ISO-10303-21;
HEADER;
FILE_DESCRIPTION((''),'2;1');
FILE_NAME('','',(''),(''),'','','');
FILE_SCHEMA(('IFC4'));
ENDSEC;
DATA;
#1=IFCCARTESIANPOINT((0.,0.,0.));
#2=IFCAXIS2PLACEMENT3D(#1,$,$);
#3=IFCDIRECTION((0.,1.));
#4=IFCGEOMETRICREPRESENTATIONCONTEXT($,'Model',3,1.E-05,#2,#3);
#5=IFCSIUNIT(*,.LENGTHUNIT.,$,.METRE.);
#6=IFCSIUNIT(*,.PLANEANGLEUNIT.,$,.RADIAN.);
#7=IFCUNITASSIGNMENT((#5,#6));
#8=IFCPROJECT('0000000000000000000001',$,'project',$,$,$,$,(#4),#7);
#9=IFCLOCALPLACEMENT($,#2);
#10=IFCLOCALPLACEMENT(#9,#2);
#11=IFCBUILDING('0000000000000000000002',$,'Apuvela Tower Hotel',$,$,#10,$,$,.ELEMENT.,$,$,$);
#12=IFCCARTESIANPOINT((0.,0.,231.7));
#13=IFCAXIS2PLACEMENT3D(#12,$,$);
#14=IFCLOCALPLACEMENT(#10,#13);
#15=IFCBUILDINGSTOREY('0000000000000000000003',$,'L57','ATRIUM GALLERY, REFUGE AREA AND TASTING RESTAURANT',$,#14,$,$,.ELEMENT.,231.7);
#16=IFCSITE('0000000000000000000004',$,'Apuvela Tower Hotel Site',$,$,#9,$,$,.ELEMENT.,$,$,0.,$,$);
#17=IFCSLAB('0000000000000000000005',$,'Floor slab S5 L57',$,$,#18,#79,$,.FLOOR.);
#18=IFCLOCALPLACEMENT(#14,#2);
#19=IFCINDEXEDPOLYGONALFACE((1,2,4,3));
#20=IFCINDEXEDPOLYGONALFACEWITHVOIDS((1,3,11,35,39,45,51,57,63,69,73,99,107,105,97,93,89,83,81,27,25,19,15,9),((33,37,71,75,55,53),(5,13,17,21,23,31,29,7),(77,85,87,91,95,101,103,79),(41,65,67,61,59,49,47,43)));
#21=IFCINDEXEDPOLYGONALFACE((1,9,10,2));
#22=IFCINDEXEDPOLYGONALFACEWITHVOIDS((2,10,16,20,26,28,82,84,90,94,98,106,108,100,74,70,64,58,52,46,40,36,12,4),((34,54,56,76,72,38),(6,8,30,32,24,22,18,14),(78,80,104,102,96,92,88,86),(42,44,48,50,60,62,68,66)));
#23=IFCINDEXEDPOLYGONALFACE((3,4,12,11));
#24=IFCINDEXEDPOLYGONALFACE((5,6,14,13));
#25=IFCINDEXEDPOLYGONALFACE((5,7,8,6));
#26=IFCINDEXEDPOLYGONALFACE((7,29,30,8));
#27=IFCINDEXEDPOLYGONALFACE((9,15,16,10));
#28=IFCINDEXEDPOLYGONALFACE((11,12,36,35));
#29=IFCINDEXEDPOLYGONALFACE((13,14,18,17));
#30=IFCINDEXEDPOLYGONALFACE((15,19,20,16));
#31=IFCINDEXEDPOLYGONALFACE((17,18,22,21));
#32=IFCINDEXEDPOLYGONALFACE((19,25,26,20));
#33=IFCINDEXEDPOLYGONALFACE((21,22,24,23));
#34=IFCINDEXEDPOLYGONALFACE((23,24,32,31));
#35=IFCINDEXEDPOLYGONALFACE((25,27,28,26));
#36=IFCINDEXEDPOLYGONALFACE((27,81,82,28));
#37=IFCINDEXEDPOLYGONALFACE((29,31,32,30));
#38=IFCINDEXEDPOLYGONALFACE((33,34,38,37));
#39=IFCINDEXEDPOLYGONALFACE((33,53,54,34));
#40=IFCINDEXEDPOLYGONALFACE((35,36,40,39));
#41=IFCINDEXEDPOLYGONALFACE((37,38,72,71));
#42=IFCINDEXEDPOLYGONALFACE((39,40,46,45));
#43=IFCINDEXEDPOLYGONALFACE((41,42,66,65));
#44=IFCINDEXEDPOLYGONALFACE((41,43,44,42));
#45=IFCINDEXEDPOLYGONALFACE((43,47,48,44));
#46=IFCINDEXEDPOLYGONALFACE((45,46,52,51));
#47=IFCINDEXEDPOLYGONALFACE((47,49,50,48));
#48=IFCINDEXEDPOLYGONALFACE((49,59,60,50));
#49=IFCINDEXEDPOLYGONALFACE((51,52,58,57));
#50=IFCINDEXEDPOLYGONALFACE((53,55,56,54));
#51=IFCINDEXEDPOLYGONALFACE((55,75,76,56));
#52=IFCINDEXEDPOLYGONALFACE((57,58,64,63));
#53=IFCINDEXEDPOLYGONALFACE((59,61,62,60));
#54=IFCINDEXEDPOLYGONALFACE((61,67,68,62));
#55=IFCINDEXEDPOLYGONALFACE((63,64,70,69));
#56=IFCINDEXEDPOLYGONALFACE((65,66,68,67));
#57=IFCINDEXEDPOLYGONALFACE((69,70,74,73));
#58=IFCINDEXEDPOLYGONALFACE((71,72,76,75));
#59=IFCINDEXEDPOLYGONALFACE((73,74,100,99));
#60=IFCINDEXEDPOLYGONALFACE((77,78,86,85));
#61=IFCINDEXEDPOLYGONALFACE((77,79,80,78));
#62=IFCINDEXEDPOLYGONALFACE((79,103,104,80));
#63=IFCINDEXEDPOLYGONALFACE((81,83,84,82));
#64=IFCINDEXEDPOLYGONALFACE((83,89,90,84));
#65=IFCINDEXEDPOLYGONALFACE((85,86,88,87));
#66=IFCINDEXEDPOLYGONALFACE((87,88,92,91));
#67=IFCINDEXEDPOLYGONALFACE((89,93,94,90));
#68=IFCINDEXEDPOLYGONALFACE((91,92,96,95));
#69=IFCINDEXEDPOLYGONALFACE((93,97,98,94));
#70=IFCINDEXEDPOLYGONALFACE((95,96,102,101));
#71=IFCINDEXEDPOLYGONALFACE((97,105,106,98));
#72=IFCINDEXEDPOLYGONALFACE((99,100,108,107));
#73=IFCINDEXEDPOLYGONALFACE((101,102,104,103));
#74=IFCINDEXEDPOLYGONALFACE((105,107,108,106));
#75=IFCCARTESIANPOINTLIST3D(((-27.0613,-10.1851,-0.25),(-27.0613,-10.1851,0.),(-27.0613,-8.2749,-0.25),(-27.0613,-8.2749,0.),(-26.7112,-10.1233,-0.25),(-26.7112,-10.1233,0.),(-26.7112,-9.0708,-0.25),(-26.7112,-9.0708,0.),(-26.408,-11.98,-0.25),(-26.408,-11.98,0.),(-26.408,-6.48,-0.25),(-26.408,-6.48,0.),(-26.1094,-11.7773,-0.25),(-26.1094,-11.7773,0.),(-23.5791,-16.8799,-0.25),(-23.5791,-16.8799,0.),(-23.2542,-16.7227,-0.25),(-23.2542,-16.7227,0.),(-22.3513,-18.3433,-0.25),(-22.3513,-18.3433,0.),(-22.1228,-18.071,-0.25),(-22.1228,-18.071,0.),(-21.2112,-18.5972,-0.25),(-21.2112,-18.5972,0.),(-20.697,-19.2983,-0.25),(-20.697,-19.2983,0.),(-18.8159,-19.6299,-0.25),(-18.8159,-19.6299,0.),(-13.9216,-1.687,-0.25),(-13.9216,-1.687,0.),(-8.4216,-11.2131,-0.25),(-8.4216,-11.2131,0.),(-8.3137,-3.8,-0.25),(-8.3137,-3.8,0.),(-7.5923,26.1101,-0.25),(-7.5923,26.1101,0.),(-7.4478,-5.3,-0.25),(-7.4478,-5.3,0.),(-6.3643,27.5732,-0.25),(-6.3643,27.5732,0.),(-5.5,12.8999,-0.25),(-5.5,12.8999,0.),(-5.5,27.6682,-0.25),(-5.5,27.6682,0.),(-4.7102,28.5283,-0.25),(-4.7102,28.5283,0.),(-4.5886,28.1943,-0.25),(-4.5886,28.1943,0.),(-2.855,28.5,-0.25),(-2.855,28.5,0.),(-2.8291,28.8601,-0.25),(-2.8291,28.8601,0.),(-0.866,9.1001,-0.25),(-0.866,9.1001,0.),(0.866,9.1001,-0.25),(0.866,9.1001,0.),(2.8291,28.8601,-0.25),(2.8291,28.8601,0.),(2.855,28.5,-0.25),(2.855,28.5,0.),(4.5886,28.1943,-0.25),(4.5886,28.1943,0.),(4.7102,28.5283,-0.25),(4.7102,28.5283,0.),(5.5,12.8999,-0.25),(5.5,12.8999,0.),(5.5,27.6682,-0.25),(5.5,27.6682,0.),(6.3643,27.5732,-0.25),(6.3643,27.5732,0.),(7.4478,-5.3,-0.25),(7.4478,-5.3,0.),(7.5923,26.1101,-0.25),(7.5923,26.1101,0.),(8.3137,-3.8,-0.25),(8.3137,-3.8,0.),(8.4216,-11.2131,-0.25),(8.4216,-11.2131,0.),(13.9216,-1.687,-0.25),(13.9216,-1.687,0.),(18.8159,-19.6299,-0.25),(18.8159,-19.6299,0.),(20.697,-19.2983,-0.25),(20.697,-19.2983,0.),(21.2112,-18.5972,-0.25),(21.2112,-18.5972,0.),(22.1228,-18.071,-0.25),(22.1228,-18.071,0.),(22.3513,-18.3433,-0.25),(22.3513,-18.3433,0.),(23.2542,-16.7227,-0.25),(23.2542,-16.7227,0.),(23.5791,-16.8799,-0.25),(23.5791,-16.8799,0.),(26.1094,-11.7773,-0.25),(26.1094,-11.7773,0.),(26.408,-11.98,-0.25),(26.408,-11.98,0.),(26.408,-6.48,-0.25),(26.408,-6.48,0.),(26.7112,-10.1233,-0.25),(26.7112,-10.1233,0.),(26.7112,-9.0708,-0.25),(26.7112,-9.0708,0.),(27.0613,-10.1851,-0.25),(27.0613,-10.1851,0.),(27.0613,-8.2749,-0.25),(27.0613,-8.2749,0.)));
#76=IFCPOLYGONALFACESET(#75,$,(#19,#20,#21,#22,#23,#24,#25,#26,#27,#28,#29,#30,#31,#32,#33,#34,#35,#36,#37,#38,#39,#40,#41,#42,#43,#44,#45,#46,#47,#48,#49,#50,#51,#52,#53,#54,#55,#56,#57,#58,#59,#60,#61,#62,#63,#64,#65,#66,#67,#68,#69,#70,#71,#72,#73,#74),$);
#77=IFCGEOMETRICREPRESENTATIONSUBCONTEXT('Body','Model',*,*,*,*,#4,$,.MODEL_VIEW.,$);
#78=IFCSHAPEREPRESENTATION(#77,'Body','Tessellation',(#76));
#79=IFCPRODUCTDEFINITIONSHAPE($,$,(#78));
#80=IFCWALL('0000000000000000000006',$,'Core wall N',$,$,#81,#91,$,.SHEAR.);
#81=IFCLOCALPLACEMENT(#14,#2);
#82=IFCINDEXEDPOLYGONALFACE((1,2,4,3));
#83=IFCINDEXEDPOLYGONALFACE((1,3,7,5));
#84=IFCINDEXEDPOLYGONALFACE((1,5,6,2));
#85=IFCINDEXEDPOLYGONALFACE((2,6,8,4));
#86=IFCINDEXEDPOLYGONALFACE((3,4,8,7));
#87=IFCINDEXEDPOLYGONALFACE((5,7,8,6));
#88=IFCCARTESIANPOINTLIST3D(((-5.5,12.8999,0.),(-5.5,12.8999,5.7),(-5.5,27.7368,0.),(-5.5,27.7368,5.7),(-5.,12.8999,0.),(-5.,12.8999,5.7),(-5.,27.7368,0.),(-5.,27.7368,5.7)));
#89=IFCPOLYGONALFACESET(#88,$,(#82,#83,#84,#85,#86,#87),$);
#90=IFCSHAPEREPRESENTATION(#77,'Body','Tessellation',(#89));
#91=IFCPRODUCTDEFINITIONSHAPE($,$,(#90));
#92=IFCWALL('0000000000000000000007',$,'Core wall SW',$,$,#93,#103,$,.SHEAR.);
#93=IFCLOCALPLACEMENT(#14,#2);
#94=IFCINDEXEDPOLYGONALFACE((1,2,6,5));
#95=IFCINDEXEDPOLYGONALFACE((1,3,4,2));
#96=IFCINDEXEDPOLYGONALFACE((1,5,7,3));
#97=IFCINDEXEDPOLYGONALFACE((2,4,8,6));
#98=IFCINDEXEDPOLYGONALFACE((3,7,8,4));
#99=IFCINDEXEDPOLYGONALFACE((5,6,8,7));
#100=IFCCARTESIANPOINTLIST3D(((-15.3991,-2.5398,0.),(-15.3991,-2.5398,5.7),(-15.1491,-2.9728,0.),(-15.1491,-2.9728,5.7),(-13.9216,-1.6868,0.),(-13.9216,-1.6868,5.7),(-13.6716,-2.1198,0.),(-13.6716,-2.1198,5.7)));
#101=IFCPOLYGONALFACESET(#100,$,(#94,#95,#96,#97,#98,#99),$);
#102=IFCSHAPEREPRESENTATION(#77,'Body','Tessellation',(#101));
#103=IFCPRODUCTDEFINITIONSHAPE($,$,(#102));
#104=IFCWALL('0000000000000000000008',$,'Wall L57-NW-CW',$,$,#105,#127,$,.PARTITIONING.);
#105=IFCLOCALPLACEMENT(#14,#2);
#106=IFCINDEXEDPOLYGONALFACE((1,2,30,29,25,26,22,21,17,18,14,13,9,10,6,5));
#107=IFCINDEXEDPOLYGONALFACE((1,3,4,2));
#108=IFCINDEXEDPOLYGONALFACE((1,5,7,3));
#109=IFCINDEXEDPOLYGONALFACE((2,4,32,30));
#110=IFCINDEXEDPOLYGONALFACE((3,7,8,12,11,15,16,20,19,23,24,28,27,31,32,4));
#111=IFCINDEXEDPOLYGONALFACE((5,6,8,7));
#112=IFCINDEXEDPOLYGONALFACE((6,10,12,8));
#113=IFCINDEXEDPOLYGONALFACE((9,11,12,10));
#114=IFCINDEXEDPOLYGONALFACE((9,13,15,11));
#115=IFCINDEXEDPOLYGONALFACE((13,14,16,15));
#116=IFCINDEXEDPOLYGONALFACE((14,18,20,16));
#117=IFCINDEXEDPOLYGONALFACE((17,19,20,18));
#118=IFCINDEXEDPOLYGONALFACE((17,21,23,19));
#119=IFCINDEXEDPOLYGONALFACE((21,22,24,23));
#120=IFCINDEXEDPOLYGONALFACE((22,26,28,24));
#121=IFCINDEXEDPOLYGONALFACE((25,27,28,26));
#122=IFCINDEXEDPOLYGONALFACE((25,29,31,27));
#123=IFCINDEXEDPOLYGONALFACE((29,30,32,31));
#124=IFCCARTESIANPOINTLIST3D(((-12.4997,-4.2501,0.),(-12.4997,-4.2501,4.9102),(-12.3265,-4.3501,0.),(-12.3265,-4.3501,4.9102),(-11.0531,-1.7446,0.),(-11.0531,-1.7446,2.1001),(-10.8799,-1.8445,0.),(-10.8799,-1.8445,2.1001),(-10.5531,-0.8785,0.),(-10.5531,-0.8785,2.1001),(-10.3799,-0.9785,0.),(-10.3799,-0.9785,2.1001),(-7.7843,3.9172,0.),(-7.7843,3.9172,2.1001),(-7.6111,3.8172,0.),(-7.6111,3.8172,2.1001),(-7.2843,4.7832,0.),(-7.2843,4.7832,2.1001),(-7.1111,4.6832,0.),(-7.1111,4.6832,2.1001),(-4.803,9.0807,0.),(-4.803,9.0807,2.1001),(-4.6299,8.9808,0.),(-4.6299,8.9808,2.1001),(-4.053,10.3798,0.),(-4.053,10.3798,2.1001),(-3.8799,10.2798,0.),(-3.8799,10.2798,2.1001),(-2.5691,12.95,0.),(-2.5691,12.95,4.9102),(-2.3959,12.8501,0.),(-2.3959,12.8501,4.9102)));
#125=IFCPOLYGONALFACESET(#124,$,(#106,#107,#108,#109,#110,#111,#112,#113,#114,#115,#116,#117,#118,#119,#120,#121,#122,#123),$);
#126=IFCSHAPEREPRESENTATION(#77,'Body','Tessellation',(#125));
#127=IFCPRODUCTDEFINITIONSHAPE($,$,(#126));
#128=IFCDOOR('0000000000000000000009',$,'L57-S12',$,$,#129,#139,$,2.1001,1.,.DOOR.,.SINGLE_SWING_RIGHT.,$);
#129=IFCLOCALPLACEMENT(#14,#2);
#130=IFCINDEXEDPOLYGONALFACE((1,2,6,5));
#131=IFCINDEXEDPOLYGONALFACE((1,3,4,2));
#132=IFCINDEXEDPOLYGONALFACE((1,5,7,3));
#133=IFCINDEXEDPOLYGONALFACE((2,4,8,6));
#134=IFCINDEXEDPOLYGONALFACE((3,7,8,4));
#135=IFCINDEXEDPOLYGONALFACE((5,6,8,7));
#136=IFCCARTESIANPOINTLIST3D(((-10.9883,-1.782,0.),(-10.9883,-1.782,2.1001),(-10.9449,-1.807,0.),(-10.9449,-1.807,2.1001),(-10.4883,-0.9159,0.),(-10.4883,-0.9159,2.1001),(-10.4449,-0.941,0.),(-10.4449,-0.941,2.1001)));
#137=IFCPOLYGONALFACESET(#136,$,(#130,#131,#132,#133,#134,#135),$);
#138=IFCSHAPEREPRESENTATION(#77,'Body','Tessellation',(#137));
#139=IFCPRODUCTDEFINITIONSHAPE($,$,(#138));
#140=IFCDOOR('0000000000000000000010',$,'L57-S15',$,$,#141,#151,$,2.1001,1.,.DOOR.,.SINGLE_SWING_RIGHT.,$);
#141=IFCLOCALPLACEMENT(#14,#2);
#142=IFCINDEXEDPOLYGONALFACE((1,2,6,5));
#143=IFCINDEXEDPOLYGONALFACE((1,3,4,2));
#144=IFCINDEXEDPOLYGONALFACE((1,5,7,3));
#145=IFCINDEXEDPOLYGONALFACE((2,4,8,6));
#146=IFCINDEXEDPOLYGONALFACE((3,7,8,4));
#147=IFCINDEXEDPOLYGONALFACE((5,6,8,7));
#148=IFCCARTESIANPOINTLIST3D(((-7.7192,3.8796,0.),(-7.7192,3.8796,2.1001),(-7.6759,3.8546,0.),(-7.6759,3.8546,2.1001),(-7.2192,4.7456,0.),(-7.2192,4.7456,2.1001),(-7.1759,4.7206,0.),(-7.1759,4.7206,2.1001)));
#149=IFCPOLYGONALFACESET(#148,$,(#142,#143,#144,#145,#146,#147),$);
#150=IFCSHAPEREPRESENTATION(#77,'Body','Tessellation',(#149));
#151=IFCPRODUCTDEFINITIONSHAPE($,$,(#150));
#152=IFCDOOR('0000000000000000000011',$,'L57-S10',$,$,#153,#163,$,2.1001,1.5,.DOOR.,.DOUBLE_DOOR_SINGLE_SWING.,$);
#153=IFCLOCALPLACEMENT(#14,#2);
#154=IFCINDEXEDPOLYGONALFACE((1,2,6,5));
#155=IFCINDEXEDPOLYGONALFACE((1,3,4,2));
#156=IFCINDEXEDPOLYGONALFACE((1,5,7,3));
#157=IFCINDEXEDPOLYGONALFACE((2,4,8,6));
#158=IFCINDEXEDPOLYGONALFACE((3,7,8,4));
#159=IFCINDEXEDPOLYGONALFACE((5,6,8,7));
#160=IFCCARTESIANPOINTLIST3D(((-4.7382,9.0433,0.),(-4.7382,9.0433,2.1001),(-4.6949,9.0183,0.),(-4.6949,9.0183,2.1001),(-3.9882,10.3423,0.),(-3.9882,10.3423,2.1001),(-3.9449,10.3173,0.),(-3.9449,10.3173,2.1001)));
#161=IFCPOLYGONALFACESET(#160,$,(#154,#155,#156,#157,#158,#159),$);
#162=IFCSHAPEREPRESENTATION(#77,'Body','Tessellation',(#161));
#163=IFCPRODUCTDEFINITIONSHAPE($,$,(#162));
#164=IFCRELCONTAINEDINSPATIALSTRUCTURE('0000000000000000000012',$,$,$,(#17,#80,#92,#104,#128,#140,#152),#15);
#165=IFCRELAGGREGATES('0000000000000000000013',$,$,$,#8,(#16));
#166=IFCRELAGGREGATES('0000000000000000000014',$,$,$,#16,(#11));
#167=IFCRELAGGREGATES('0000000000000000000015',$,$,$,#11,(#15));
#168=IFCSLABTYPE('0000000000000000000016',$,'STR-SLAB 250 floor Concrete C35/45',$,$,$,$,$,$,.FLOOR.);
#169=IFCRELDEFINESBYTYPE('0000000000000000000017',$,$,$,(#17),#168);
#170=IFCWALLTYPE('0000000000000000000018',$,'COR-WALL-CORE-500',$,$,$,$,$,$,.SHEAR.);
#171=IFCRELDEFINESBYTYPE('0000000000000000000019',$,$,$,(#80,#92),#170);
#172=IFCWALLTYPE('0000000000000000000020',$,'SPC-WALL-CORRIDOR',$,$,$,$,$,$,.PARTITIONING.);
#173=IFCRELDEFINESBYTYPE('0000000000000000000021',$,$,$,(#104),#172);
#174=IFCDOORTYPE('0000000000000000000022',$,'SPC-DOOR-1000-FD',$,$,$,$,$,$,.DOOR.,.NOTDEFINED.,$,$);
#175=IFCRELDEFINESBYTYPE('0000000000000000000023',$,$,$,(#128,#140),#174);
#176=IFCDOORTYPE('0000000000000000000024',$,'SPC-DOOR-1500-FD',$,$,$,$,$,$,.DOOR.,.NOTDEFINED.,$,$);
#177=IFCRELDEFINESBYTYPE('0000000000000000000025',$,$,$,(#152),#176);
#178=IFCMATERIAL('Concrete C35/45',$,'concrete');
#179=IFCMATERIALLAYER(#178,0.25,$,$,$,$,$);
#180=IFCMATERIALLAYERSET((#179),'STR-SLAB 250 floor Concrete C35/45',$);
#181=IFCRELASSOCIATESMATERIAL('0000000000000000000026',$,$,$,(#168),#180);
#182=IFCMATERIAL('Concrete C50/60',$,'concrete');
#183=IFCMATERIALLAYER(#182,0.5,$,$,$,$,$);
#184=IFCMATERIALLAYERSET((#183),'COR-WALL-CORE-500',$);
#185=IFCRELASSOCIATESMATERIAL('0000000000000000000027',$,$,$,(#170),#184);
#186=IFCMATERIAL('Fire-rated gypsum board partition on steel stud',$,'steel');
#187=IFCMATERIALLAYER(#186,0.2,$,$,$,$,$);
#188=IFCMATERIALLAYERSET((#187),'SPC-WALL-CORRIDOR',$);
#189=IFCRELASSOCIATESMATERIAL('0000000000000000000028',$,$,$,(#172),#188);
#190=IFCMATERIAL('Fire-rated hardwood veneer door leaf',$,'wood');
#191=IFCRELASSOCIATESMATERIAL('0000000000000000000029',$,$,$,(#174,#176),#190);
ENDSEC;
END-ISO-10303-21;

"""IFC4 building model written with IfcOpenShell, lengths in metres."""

from ifc_helpers import new_model, si_unit, direction, frame, frame_2d, origin, place, context, subcontext, project, spatial, polyline, rectangle, outline, extrude, material, layer, layer_set, type_object, element, fill, save


model = new_model("IFC4")

# Units and contexts
model_context = context("Model", 3, precision=1e-05, world=origin(), true_north=direction((0.0, 1.0)))
body_context = subcontext(model_context, "Body", "Model", "MODEL_VIEW")
ifc_project = project(units=[si_unit("LENGTHUNIT", "METRE"), si_unit("PLANEANGLEUNIT", "RADIAN")], contexts=[model_context])

# Site, building, storey
site_placement = place(None, origin())
site = spatial("IfcSite", under=ifc_project, at=site_placement, Name="Apuvela Tower Hotel Site", CompositionType="ELEMENT", RefElevation=0.0)
building_placement = place(site_placement, origin())
building = spatial("IfcBuilding", under=site, at=building_placement, Name="Apuvela Tower Hotel", CompositionType="ELEMENT")
storey_placement = place(building_placement, frame((0.0, 0.0, 231.7)))
storey = spatial("IfcBuildingStorey", under=building, at=storey_placement, Name="L57", Description="ATRIUM GALLERY, REFUGE AREA AND TASTING RESTAURANT", CompositionType="ELEMENT", Elevation=231.7)

# Shared definitions
ifc_material_1 = material(Name="Concrete C50/60", Category="concrete")

# Slab
ifc_material_2 = material(Name="Concrete C35/45", Category="concrete")
ifc_layer_1 = layer(ifc_material_2, 0.25)
ifc_layer_set_1 = layer_set([ifc_layer_1], Name="STR-SLAB 250 floor Concrete C35/45")
slab_type_1 = type_object("IfcSlabType", Name="STR-SLAB 250 floor Concrete C35/45", PredefinedType="FLOOR", material=ifc_layer_set_1)
slab_1_placement = place(storey_placement, frame((0.0, 0.0, -0.25)))
element("IfcSlab", 1, at=slab_1_placement, inside=storey, type_object=slab_type_1, Name="Floor slab S5 L57", PredefinedType="FLOOR", context=body_context, shape_type="SweptSolid", body=[
    extrude(outline(polyline([(7.5923, 26.1101), (6.3643, 27.5732), (4.7102, 28.5283), (2.8291, 28.8601), (-2.8291, 28.8601), (-4.7102, 28.5283), (-6.3643, 27.5732), (-7.5923, 26.1101), (-26.408, -6.48), (-27.0613, -8.2749), (-27.0613, -10.1851), (-26.408, -11.98), (-23.5791, -16.8799), (-22.3513, -18.3433), (-20.697, -19.2983), (-18.8159, -19.6299), (18.8159, -19.6299), (20.697, -19.2983), (22.3513, -18.3433), (23.5791, -16.8799), (26.408, -11.98), (27.0613, -10.1851), (27.0613, -8.2749), (26.408, -6.48), (7.5923, 26.1101)]), holes=[polyline([(0.866, 9.1001), (-0.866, 9.1001), (-8.3137, -3.8), (-7.4478, -5.3), (7.4478, -5.3), (8.3137, -3.8), (0.866, 9.1001)]), polyline([(-5.5, 12.8999), (-5.5, 27.6682), (-4.5886, 28.1943), (-2.855, 28.5), (2.855, 28.5), (4.5886, 28.1943), (5.5, 27.6682), (5.5, 12.8999), (-5.5, 12.8999)]), polyline([(-8.4216, -11.2131), (-21.2112, -18.5972), (-22.1228, -18.071), (-23.2542, -16.7227), (-26.1094, -11.7773), (-26.7112, -10.1233), (-26.7112, -9.0708), (-13.9216, -1.687), (-8.4216, -11.2131)]), polyline([(13.9216, -1.687), (26.7112, -9.0708), (26.7112, -10.1233), (26.1094, -11.7773), (23.2542, -16.7227), (22.1228, -18.071), (21.2112, -18.5972), (8.4216, -11.2131), (13.9216, -1.687)])]), origin(), (0.0, 0.0, 1.0), 0.25),
])

# Walls
ifc_layer_2 = layer(ifc_material_1, 0.5)
ifc_layer_set_2 = layer_set([ifc_layer_2], Name="COR-WALL-CORE-500")
wall_type_1 = type_object("IfcWallType", Name="COR-WALL-CORE-500", PredefinedType="SHEAR", material=ifc_layer_set_2)
wall_1_placement = place(storey_placement, frame((-5.25, 12.8999, 0.0), z_axis=(0.0, 0.0, 1.0), x_axis=(0.0, 1.0, 0.0)))
element("IfcWall", 2, at=wall_1_placement, inside=storey, type_object=wall_type_1, Name="Core wall N", PredefinedType="SHEAR", context=body_context, shape_type="SweptSolid", body=[
    extrude(rectangle(XDim=14.8369, YDim=0.5, at=frame_2d((7.4185, 0.0))), origin(), (0.0, 0.0, 1.0), 5.7),
])
wall_2_placement = place(storey_placement, frame((-13.7966, -1.9033, 0.0), z_axis=(0.0, 0.0, 1.0), x_axis=(-0.866033, -0.499987, 0.0)))
element("IfcWall", 3, at=wall_2_placement, inside=storey, type_object=wall_type_1, Name="Core wall SW", PredefinedType="SHEAR", context=body_context, shape_type="SweptSolid", body=[
    extrude(rectangle(XDim=1.7061, YDim=0.5, at=frame_2d((0.853, 0.0))), origin(), (0.0, 0.0, 1.0), 5.7),
])

# Wall, openings, doors
ifc_material_3 = material(Name="Fire-rated gypsum board partition on steel stud", Category="steel")
ifc_layer_3 = layer(ifc_material_3, 0.2)
ifc_layer_set_3 = layer_set([ifc_layer_3], Name="SPC-WALL-CORRIDOR")
wall_type_2 = type_object("IfcWallType", Name="SPC-WALL-CORRIDOR", PredefinedType="PARTITIONING", material=ifc_layer_set_3)
wall_3_placement = place(storey_placement, frame((-2.4824, 12.9001, 0.0), z_axis=(0.0, 0.0, 1.0), x_axis=(-0.500005, -0.866023, 0.0)))
wall_3 = element("IfcWall", 4, at=wall_3_placement, inside=storey, type_object=wall_type_2, Name="Wall L57-NW-CW", PredefinedType="PARTITIONING", context=body_context, shape_type="SweptSolid", body=[
    extrude(rectangle(XDim=19.8611, YDim=0.2, at=frame_2d((9.9307, 0.0))), origin(), (0.0, 0.0, 1.0), 4.9102),
])
opening_1_placement = place(wall_3_placement, frame((2.968, 0.0, 0.0)))
opening_1 = element("IfcOpeningElement", 5, at=opening_1_placement, cuts=wall_3, PredefinedType="OPENING", context=body_context, shape_type="SweptSolid", body=[
    extrude(rectangle(XDim=1.5, YDim=2.1001, at=frame_2d((0.75, 1.05))), frame((0.0, 0.1099, 0.0), z_axis=(0.0, -1.0, 0.0), x_axis=(1.0, 0.0, 0.0)), (0.0, 0.0, 1.0), 0.22),
])
opening_2_placement = place(wall_3_placement, frame((15.968, 0.0, 0.0)))
opening_2 = element("IfcOpeningElement", 6, at=opening_2_placement, cuts=wall_3, PredefinedType="OPENING", context=body_context, shape_type="SweptSolid", body=[
    extrude(rectangle(XDim=1.0, YDim=2.1001, at=frame_2d((0.5, 1.05))), frame((0.0, 0.1099, 0.0), z_axis=(0.0, -1.0, 0.0), x_axis=(1.0, 0.0, 0.0)), (0.0, 0.0, 1.0), 0.22),
])
opening_3_placement = place(wall_3_placement, frame((9.4304, 0.0, 0.0)))
opening_3 = element("IfcOpeningElement", 7, at=opening_3_placement, cuts=wall_3, PredefinedType="OPENING", context=body_context, shape_type="SweptSolid", body=[
    extrude(rectangle(XDim=1.0, YDim=2.1001, at=frame_2d((0.5, 1.05))), frame((0.0, 0.1099, 0.0), z_axis=(0.0, -1.0, 0.0), x_axis=(1.0, 0.0, 0.0)), (0.0, 0.0, 1.0), 0.22),
])
ifc_material_4 = material(Name="Fire-rated hardwood veneer door leaf", Category="wood")
door_type_1 = type_object("IfcDoorType", Name="SPC-DOOR-1000-FD", OperationType="NOTDEFINED", PredefinedType="DOOR", material=ifc_material_4)
door_1_placement = place(opening_2_placement, origin())
door_1 = element("IfcDoor", 8, at=door_1_placement, inside=storey, type_object=door_type_1, Name="L57-S12", OperationType="SINGLE_SWING_RIGHT", OverallHeight=2.1001, OverallWidth=1.0, PredefinedType="DOOR", context=body_context, shape_type="SweptSolid", body=[
    extrude(rectangle(XDim=1.0, YDim=2.1001, at=frame_2d((0.5, 1.05))), frame((0.0, 0.0249, 0.0), z_axis=(0.0, -1.0, 0.0), x_axis=(1.0, 0.0, 0.0)), (0.0, 0.0, 1.0), 0.05),
])
fill(opening_2, door_1)
door_2_placement = place(opening_3_placement, frame((1.0, 0.0, 0.0), z_axis=(0.0, 0.0, 1.0), x_axis=(-1.0, 0.0, 0.0)))
door_2 = element("IfcDoor", 9, at=door_2_placement, inside=storey, type_object=door_type_1, Name="L57-S15", OperationType="SINGLE_SWING_RIGHT", OverallHeight=2.1001, OverallWidth=1.0, PredefinedType="DOOR", context=body_context, shape_type="SweptSolid", body=[
    extrude(rectangle(XDim=1.0, YDim=2.1001, at=frame_2d((0.5, 1.05))), frame((0.0, 0.0249, 0.0), z_axis=(0.0, -1.0, 0.0), x_axis=(1.0, 0.0, 0.0)), (0.0, 0.0, 1.0), 0.05),
])
fill(opening_3, door_2)
door_type_2 = type_object("IfcDoorType", Name="SPC-DOOR-1500-FD", OperationType="NOTDEFINED", PredefinedType="DOOR", material=ifc_material_4)
door_3_placement = place(opening_1_placement, origin())
door_3 = element("IfcDoor", 10, at=door_3_placement, inside=storey, type_object=door_type_2, Name="L57-S10", OperationType="DOUBLE_DOOR_SINGLE_SWING", OverallHeight=2.1001, OverallWidth=1.5, PredefinedType="DOOR", context=body_context, shape_type="SweptSolid", body=[
    extrude(rectangle(XDim=1.5, YDim=2.1001, at=frame_2d((0.75, 1.05))), frame((0.0, 0.0249, 0.0), z_axis=(0.0, -1.0, 0.0), x_axis=(1.0, 0.0, 0.0)), (0.0, 0.0, 1.0), 0.05),
])
fill(opening_1, door_3)

save(model, "model.ifc")
